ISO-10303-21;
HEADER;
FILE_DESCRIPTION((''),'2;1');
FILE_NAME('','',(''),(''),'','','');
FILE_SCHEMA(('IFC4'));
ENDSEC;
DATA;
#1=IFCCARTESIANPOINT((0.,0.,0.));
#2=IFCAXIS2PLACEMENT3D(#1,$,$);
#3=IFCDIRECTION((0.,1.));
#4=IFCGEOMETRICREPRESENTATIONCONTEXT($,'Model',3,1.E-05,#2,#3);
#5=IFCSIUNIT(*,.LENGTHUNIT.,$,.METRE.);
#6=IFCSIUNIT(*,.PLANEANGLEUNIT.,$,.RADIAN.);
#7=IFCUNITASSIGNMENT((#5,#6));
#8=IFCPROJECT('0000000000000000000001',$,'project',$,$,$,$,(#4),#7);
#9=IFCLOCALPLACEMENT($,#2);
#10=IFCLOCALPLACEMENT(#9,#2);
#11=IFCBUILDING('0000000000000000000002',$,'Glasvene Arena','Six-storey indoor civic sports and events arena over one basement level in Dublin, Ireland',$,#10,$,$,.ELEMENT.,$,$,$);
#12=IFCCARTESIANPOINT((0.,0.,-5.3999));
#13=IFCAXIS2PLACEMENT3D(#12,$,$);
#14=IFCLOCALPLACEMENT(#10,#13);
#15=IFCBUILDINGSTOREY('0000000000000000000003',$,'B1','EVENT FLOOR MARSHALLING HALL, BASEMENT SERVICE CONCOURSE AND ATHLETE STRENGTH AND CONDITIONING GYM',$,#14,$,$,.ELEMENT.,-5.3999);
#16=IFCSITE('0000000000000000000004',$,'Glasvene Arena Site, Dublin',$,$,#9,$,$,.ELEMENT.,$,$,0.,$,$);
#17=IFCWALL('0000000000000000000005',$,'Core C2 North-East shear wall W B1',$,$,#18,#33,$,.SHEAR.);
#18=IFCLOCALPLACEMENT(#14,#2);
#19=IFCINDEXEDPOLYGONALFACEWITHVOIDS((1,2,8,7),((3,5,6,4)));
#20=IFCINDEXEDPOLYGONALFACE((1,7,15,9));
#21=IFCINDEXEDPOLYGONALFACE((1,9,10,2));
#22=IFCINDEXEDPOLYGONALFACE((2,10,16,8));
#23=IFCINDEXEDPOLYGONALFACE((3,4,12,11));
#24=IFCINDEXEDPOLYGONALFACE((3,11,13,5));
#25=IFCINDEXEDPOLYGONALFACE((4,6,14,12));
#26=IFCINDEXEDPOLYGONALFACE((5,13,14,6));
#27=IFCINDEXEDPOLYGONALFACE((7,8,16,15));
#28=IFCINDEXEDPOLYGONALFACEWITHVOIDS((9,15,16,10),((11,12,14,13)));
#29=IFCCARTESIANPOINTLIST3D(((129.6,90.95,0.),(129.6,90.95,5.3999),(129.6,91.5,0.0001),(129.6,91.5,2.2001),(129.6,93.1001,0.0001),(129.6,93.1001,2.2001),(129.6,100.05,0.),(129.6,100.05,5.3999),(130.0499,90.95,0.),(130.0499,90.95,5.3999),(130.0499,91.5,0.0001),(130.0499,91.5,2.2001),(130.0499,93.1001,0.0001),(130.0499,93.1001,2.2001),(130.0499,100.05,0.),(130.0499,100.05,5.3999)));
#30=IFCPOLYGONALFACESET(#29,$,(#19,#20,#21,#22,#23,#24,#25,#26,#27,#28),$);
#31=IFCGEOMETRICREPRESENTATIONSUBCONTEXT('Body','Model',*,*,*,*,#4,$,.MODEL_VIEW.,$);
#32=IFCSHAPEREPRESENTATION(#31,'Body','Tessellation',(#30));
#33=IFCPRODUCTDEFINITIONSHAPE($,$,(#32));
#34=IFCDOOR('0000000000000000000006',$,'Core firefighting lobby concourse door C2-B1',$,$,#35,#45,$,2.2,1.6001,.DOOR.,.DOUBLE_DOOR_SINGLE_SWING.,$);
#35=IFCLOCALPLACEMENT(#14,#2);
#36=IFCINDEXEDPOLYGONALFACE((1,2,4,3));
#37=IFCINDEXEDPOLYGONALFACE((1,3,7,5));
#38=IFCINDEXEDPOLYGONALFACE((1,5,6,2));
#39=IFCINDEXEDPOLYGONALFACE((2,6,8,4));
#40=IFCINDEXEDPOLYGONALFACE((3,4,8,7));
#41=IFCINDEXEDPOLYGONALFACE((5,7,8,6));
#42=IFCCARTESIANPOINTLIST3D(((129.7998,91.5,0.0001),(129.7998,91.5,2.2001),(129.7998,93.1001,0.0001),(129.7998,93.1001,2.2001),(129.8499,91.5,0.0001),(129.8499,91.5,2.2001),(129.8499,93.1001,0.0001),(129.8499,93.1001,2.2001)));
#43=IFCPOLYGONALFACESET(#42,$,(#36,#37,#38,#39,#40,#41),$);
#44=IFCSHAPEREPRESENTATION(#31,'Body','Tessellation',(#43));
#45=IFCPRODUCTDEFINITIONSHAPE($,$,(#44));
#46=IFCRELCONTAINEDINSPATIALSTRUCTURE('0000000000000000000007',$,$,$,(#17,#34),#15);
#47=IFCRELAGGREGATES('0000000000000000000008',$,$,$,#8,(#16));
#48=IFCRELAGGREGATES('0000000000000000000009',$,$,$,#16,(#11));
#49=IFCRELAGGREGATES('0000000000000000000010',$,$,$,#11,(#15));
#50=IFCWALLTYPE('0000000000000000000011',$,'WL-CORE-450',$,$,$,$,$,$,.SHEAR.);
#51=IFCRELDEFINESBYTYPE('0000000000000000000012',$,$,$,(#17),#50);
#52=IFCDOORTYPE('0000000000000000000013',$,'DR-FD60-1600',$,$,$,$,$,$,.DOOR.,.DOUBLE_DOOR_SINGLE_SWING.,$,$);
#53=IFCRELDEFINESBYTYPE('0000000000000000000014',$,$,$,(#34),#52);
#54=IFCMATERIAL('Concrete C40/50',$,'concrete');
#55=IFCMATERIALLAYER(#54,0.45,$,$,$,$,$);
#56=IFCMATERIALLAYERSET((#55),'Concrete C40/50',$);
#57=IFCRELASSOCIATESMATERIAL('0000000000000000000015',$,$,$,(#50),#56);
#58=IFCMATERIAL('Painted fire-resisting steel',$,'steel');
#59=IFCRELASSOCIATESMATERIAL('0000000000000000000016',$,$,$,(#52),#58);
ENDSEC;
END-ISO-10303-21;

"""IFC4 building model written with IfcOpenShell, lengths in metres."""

from ifc_helpers import new_model, si_unit, direction, frame, frame_2d, origin, place, context, subcontext, project, spatial, rectangle, extrude, material, layer, layer_set, type_object, element, fill, save


model = new_model("IFC4")

# Units and contexts
model_context = context("Model", 3, precision=1e-05, world=origin(), true_north=direction((0.0, 1.0)))
body_context = subcontext(model_context, "Body", "Model", "MODEL_VIEW")
ifc_project = project(units=[si_unit("LENGTHUNIT", "METRE"), si_unit("PLANEANGLEUNIT", "RADIAN")], contexts=[model_context])

# Site, building, storey
site_placement = place(None, origin())
site = spatial("IfcSite", under=ifc_project, at=site_placement, Name="Glasvene Arena Site, Dublin", CompositionType="ELEMENT", RefElevation=0.0)
building_placement = place(site_placement, origin())
building = spatial("IfcBuilding", under=site, at=building_placement, Name="Glasvene Arena", Description="Six-storey indoor civic sports and events arena over one basement level in Dublin, Ireland", CompositionType="ELEMENT")
storey_placement = place(building_placement, frame((0.0, 0.0, -5.3999)))
storey = spatial("IfcBuildingStorey", under=building, at=storey_placement, Name="B1", Description="EVENT FLOOR MARSHALLING HALL, BASEMENT SERVICE CONCOURSE AND ATHLETE STRENGTH AND CONDITIONING GYM", CompositionType="ELEMENT", Elevation=-5.3999)

# Shared definitions
ifc_material_1 = material(Name="Concrete C40/50", Category="concrete")

# Shared definitions
ifc_layer = layer(ifc_material_1, 0.45)
ifc_layer_set = layer_set([ifc_layer], Name="Concrete C40/50")
wall_type = type_object("IfcWallType", Name="WL-CORE-450", PredefinedType="SHEAR", material=ifc_layer_set)

# Wall, opening, door
wall_1_placement = place(storey_placement, frame((129.825, 90.95, 0.0), z_axis=(0.0, 0.0, 1.0), x_axis=(0.0, 1.0, 0.0)))
wall_1 = element("IfcWall", 1, at=wall_1_placement, inside=storey, type_object=wall_type, Name="Core C2 North-East shear wall W B1", PredefinedType="SHEAR", context=body_context, shape_type="SweptSolid", body=[
    extrude(rectangle(XDim=9.1001, YDim=0.45, at=frame_2d((4.55, 0.0))), origin(), (0.0, 0.0, 1.0), 5.3999),
])
opening_placement = place(wall_1_placement, frame((0.55, 0.0, 0.0)))
opening = element("IfcOpeningElement", 2, at=opening_placement, cuts=wall_1, PredefinedType="OPENING", context=body_context, shape_type="SweptSolid", body=[
    extrude(rectangle(XDim=1.6001, YDim=2.2, at=frame_2d((0.8, 1.1001))), frame((0.0, 0.2349, 0.0), z_axis=(0.0, -1.0, 0.0), x_axis=(1.0, 0.0, 0.0)), (0.0, 0.0, 1.0), 0.47),
])
ifc_material_2 = material(Name="Painted fire-resisting steel", Category="steel")
door_type = type_object("IfcDoorType", Name="DR-FD60-1600", OperationType="DOUBLE_DOOR_SINGLE_SWING", PredefinedType="DOOR", material=ifc_material_2)
door_placement = place(opening_placement, frame((1.6001, 0.0, 0.0), z_axis=(0.0, 0.0, 1.0), x_axis=(-1.0, 0.0, 0.0)))
door = element("IfcDoor", 3, at=door_placement, inside=storey, type_object=door_type, Name="Core firefighting lobby concourse door C2-B1", OperationType="DOUBLE_DOOR_SINGLE_SWING", OverallHeight=2.2, OverallWidth=1.6001, PredefinedType="DOOR", context=body_context, shape_type="SweptSolid", body=[
    extrude(rectangle(XDim=1.6001, YDim=2.2, at=frame_2d((0.8, 1.1001))), frame((0.0, 0.0249, 0.0), z_axis=(0.0, -1.0, 0.0), x_axis=(1.0, 0.0, 0.0)), (0.0, 0.0, 1.0), 0.05),
])
fill(opening, door)

save(model, "model.ifc")
